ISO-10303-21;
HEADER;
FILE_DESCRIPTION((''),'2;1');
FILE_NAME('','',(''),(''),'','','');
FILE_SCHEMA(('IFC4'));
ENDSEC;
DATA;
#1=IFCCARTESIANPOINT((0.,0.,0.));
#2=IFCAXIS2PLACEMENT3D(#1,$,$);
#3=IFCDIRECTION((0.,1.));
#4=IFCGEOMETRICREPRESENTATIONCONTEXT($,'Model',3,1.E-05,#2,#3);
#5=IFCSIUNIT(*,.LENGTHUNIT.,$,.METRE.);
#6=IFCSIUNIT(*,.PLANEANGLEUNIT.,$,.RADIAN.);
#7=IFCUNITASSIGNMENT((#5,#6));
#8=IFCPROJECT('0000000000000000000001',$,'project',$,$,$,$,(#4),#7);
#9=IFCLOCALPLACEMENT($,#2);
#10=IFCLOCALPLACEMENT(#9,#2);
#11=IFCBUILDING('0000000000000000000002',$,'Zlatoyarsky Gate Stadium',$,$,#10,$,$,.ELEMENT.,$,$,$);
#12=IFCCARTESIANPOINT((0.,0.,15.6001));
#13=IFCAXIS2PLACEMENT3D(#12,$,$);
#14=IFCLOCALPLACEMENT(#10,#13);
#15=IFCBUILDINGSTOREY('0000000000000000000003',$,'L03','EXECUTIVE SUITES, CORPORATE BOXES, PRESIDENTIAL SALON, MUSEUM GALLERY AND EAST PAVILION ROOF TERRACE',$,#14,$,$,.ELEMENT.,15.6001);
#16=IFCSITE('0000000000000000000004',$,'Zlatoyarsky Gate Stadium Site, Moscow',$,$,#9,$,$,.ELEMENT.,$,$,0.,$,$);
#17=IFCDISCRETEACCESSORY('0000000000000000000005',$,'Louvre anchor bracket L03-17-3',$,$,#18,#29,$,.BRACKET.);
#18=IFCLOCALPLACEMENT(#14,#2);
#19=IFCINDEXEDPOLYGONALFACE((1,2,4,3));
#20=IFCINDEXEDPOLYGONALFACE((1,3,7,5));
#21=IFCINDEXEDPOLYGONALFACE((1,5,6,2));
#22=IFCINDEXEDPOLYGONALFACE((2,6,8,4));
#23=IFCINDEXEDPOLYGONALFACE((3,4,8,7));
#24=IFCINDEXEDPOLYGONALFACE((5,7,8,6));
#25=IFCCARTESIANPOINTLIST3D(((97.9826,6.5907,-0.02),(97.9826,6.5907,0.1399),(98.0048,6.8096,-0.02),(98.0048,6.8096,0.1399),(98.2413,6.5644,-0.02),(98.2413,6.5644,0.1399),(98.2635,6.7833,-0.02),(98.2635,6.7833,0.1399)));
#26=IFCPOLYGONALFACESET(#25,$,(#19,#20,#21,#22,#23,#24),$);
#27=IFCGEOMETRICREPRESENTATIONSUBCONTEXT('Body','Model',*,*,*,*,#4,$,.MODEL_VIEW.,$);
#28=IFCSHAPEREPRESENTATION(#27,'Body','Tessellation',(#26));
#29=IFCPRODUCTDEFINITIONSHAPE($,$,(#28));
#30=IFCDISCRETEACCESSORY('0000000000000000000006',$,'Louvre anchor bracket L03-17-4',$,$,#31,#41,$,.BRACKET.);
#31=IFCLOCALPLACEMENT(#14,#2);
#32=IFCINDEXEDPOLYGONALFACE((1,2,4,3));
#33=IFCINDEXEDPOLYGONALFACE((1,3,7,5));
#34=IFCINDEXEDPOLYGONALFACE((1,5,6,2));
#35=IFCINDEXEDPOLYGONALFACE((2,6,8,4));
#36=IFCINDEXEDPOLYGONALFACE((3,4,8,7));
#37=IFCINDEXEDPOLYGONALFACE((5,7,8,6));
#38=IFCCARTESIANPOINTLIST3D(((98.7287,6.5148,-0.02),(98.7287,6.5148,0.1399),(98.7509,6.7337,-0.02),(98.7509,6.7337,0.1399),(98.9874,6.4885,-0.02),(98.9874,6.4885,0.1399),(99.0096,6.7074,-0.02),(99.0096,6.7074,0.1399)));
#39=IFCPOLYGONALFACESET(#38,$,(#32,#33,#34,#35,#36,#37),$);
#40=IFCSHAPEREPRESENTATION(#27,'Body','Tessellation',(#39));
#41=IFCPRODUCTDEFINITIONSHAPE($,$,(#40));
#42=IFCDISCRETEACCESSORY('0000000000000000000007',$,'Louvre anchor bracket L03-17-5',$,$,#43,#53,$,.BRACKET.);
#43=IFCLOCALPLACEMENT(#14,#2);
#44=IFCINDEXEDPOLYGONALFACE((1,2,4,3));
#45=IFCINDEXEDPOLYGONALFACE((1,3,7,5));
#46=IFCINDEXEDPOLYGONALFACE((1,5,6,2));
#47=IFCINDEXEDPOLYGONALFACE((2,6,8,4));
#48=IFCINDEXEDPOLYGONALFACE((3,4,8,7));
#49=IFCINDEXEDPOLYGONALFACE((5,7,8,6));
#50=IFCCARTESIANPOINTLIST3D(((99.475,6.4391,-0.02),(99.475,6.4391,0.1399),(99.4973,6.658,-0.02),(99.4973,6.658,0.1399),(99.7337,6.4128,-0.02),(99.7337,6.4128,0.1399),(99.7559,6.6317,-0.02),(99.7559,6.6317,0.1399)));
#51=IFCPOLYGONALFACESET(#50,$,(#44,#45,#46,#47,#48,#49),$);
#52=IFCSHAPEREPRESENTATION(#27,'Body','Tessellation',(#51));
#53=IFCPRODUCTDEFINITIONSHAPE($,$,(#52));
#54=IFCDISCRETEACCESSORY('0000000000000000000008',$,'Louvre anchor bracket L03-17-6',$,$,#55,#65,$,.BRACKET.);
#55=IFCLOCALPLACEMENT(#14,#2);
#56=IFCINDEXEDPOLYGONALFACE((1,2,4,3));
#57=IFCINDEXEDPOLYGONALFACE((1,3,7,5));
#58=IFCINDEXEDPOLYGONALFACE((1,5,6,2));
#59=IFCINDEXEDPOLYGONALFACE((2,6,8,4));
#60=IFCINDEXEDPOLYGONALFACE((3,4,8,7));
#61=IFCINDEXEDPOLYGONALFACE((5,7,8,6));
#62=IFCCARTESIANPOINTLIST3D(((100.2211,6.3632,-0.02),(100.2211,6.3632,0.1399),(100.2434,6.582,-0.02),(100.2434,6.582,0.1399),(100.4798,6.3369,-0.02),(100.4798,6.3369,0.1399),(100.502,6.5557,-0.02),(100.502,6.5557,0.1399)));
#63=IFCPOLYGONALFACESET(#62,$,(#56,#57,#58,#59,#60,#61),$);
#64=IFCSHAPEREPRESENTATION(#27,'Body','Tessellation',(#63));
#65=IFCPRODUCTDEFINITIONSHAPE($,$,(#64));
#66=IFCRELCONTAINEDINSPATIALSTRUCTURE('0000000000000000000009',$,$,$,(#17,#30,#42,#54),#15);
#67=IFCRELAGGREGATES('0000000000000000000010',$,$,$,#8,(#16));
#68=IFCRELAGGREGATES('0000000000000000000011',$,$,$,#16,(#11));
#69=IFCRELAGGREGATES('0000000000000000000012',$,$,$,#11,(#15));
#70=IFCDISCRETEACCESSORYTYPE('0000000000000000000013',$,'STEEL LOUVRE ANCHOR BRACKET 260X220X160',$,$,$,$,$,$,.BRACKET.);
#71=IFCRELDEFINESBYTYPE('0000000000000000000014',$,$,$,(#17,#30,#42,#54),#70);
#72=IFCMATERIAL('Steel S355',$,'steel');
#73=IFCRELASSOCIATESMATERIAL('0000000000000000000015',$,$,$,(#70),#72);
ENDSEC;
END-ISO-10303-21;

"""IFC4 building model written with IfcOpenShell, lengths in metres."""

from ifc_helpers import new_model, si_unit, direction, frame, origin, origin_2d, place, context, subcontext, project, spatial, rectangle, extrude, material, type_object, element, save


model = new_model("IFC4")

# Units and contexts
model_context = context("Model", 3, precision=1e-05, world=origin(), true_north=direction((0.0, 1.0)))
body_context = subcontext(model_context, "Body", "Model", "MODEL_VIEW")
ifc_project = project(units=[si_unit("LENGTHUNIT", "METRE"), si_unit("PLANEANGLEUNIT", "RADIAN")], contexts=[model_context])

# Site, building, storey
site_placement = place(None, origin())
site = spatial("IfcSite", under=ifc_project, at=site_placement, Name="Zlatoyarsky Gate Stadium Site, Moscow", CompositionType="ELEMENT", RefElevation=0.0)
building_placement = place(site_placement, origin())
building = spatial("IfcBuilding", under=site, at=building_placement, Name="Zlatoyarsky Gate Stadium", CompositionType="ELEMENT")
storey_placement = place(building_placement, frame((0.0, 0.0, 15.6001)))
storey = spatial("IfcBuildingStorey", under=building, at=storey_placement, Name="L03", Description="EXECUTIVE SUITES, CORPORATE BOXES, PRESIDENTIAL SALON, MUSEUM GALLERY AND EAST PAVILION ROOF TERRACE", CompositionType="ELEMENT", Elevation=15.6001)

# Shared definitions
ifc_material_1 = material(Name="Steel S355", Category="steel")

# Discrete accessories
discrete_accessory_type = type_object("IfcDiscreteAccessoryType", Name="STEEL LOUVRE ANCHOR BRACKET 260X220X160", PredefinedType="BRACKET", material=ifc_material_1)
for number, where, z_axis, x_axis, name in (
    (1, (98.123, 6.687, -0.02), (0.0, 0.0, 1.0), (0.994871, -0.101155, 0.0), "Louvre anchor bracket L03-17-3"),
    (2, (98.8691, 6.6111, -0.02), (0.0, 0.0, 1.0), (0.994871, -0.101155, 0.0), "Louvre anchor bracket L03-17-4"),
    (3, (99.6155, 6.5354, -0.02), (0.0, 0.0, 1.0), (0.994871, -0.101155, 0.0), "Louvre anchor bracket L03-17-5"),
    (4, (100.3616, 6.4595, -0.02), (0.0, 0.0, 1.0), (0.994871, -0.101155, 0.0), "Louvre anchor bracket L03-17-6"),
):
    element("IfcDiscreteAccessory", number, at=place(storey_placement, frame(where, z_axis=z_axis, x_axis=x_axis)), inside=storey, type_object=discrete_accessory_type, Name=name, PredefinedType="BRACKET", context=body_context, shape_type="SweptSolid", body=[
        extrude(rectangle(XDim=0.26, YDim=0.22, at=origin_2d()), origin(), (0.0, 0.0, 1.0), 0.1599),
    ])

save(model, "model.ifc")
